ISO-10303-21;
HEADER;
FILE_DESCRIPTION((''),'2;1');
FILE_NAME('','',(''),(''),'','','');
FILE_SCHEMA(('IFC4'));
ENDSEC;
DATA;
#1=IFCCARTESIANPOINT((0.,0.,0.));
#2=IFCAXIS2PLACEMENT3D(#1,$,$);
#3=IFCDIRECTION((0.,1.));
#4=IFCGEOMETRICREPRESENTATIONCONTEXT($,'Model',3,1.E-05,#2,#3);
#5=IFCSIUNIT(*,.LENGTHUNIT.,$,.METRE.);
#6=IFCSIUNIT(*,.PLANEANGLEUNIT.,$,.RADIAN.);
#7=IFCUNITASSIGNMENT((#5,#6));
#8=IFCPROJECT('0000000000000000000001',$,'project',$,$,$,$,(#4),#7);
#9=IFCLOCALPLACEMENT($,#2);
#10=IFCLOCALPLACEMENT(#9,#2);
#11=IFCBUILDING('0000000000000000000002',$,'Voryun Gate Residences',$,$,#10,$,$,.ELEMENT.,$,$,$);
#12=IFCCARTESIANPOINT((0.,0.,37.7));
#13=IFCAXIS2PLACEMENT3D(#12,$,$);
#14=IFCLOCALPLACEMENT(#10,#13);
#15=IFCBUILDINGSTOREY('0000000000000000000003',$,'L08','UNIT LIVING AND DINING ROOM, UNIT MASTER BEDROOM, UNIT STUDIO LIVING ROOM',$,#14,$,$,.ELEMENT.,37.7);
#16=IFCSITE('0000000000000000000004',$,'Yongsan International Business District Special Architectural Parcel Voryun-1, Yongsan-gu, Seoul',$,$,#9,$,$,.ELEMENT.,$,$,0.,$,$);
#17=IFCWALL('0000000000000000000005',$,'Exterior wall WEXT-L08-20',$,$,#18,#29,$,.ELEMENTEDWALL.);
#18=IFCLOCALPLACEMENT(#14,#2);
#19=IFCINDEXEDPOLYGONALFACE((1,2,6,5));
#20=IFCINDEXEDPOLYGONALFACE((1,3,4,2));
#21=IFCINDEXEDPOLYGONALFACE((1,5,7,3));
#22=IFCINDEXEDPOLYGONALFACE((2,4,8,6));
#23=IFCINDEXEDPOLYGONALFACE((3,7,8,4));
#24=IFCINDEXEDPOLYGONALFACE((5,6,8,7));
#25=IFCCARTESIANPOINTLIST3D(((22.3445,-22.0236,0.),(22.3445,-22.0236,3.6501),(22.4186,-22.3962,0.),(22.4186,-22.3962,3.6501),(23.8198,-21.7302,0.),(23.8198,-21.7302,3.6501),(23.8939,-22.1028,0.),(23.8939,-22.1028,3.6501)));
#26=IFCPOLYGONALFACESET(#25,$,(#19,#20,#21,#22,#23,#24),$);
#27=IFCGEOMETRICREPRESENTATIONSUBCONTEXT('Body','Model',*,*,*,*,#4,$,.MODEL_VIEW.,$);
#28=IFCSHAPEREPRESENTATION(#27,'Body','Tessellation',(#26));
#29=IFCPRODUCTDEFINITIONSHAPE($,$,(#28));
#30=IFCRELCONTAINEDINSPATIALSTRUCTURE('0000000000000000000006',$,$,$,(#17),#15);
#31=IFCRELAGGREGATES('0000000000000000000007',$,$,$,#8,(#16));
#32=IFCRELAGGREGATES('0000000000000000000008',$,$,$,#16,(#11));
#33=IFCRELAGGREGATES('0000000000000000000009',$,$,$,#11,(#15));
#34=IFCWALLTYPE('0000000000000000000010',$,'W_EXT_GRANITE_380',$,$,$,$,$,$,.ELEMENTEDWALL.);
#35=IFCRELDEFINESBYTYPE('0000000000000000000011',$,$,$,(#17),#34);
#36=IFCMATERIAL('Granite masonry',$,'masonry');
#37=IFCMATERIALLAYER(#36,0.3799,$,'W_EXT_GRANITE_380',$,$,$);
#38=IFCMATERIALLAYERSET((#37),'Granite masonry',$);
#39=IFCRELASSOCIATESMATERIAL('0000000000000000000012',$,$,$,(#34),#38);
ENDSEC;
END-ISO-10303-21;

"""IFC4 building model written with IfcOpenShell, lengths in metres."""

from ifc_helpers import new_model, si_unit, direction, frame, frame_2d, origin, place, context, subcontext, project, spatial, rectangle, extrude, material, layer, layer_set, type_object, element, save


model = new_model("IFC4")

# Units and contexts
model_context = context("Model", 3, precision=1e-05, world=origin(), true_north=direction((0.0, 1.0)))
body_context = subcontext(model_context, "Body", "Model", "MODEL_VIEW")
ifc_project = project(units=[si_unit("LENGTHUNIT", "METRE"), si_unit("PLANEANGLEUNIT", "RADIAN")], contexts=[model_context])

# Site, building, storey
site_placement = place(None, origin())
site = spatial("IfcSite", under=ifc_project, at=site_placement, Name="Yongsan International Business District Special Architectural Parcel Voryun-1, Yongsan-gu, Seoul", CompositionType="ELEMENT", RefElevation=0.0)
building_placement = place(site_placement, origin())
building = spatial("IfcBuilding", under=site, at=building_placement, Name="Voryun Gate Residences", CompositionType="ELEMENT")
storey_placement = place(building_placement, frame((0.0, 0.0, 37.7)))
storey = spatial("IfcBuildingStorey", under=building, at=storey_placement, Name="L08", Description="UNIT LIVING AND DINING ROOM, UNIT MASTER BEDROOM, UNIT STUDIO LIVING ROOM", CompositionType="ELEMENT", Elevation=37.7)

# Wall
ifc_material_1 = material(Name="Granite masonry", Category="masonry")
ifc_layer = layer(ifc_material_1, 0.3799, Name="W_EXT_GRANITE_380")
ifc_layer_set = layer_set([ifc_layer], Name="Granite masonry")
wall_type = type_object("IfcWallType", Name="W_EXT_GRANITE_380", PredefinedType="ELEMENTEDWALL", material=ifc_layer_set)
wall_1_placement = place(storey_placement, frame((23.8567, -21.9165, 0.0), z_axis=(0.0, 0.0, 1.0), x_axis=(-0.980786, -0.195086, 0.0)))
element("IfcWall", 1, at=wall_1_placement, inside=storey, type_object=wall_type, Name="Exterior wall WEXT-L08-20", PredefinedType="ELEMENTEDWALL", context=body_context, shape_type="SweptSolid", body=[
    extrude(rectangle(XDim=1.5042, YDim=0.3799, at=frame_2d((0.752, 0.0))), origin(), (0.0, 0.0, 1.0), 3.6501),
])

save(model, "model.ifc")
